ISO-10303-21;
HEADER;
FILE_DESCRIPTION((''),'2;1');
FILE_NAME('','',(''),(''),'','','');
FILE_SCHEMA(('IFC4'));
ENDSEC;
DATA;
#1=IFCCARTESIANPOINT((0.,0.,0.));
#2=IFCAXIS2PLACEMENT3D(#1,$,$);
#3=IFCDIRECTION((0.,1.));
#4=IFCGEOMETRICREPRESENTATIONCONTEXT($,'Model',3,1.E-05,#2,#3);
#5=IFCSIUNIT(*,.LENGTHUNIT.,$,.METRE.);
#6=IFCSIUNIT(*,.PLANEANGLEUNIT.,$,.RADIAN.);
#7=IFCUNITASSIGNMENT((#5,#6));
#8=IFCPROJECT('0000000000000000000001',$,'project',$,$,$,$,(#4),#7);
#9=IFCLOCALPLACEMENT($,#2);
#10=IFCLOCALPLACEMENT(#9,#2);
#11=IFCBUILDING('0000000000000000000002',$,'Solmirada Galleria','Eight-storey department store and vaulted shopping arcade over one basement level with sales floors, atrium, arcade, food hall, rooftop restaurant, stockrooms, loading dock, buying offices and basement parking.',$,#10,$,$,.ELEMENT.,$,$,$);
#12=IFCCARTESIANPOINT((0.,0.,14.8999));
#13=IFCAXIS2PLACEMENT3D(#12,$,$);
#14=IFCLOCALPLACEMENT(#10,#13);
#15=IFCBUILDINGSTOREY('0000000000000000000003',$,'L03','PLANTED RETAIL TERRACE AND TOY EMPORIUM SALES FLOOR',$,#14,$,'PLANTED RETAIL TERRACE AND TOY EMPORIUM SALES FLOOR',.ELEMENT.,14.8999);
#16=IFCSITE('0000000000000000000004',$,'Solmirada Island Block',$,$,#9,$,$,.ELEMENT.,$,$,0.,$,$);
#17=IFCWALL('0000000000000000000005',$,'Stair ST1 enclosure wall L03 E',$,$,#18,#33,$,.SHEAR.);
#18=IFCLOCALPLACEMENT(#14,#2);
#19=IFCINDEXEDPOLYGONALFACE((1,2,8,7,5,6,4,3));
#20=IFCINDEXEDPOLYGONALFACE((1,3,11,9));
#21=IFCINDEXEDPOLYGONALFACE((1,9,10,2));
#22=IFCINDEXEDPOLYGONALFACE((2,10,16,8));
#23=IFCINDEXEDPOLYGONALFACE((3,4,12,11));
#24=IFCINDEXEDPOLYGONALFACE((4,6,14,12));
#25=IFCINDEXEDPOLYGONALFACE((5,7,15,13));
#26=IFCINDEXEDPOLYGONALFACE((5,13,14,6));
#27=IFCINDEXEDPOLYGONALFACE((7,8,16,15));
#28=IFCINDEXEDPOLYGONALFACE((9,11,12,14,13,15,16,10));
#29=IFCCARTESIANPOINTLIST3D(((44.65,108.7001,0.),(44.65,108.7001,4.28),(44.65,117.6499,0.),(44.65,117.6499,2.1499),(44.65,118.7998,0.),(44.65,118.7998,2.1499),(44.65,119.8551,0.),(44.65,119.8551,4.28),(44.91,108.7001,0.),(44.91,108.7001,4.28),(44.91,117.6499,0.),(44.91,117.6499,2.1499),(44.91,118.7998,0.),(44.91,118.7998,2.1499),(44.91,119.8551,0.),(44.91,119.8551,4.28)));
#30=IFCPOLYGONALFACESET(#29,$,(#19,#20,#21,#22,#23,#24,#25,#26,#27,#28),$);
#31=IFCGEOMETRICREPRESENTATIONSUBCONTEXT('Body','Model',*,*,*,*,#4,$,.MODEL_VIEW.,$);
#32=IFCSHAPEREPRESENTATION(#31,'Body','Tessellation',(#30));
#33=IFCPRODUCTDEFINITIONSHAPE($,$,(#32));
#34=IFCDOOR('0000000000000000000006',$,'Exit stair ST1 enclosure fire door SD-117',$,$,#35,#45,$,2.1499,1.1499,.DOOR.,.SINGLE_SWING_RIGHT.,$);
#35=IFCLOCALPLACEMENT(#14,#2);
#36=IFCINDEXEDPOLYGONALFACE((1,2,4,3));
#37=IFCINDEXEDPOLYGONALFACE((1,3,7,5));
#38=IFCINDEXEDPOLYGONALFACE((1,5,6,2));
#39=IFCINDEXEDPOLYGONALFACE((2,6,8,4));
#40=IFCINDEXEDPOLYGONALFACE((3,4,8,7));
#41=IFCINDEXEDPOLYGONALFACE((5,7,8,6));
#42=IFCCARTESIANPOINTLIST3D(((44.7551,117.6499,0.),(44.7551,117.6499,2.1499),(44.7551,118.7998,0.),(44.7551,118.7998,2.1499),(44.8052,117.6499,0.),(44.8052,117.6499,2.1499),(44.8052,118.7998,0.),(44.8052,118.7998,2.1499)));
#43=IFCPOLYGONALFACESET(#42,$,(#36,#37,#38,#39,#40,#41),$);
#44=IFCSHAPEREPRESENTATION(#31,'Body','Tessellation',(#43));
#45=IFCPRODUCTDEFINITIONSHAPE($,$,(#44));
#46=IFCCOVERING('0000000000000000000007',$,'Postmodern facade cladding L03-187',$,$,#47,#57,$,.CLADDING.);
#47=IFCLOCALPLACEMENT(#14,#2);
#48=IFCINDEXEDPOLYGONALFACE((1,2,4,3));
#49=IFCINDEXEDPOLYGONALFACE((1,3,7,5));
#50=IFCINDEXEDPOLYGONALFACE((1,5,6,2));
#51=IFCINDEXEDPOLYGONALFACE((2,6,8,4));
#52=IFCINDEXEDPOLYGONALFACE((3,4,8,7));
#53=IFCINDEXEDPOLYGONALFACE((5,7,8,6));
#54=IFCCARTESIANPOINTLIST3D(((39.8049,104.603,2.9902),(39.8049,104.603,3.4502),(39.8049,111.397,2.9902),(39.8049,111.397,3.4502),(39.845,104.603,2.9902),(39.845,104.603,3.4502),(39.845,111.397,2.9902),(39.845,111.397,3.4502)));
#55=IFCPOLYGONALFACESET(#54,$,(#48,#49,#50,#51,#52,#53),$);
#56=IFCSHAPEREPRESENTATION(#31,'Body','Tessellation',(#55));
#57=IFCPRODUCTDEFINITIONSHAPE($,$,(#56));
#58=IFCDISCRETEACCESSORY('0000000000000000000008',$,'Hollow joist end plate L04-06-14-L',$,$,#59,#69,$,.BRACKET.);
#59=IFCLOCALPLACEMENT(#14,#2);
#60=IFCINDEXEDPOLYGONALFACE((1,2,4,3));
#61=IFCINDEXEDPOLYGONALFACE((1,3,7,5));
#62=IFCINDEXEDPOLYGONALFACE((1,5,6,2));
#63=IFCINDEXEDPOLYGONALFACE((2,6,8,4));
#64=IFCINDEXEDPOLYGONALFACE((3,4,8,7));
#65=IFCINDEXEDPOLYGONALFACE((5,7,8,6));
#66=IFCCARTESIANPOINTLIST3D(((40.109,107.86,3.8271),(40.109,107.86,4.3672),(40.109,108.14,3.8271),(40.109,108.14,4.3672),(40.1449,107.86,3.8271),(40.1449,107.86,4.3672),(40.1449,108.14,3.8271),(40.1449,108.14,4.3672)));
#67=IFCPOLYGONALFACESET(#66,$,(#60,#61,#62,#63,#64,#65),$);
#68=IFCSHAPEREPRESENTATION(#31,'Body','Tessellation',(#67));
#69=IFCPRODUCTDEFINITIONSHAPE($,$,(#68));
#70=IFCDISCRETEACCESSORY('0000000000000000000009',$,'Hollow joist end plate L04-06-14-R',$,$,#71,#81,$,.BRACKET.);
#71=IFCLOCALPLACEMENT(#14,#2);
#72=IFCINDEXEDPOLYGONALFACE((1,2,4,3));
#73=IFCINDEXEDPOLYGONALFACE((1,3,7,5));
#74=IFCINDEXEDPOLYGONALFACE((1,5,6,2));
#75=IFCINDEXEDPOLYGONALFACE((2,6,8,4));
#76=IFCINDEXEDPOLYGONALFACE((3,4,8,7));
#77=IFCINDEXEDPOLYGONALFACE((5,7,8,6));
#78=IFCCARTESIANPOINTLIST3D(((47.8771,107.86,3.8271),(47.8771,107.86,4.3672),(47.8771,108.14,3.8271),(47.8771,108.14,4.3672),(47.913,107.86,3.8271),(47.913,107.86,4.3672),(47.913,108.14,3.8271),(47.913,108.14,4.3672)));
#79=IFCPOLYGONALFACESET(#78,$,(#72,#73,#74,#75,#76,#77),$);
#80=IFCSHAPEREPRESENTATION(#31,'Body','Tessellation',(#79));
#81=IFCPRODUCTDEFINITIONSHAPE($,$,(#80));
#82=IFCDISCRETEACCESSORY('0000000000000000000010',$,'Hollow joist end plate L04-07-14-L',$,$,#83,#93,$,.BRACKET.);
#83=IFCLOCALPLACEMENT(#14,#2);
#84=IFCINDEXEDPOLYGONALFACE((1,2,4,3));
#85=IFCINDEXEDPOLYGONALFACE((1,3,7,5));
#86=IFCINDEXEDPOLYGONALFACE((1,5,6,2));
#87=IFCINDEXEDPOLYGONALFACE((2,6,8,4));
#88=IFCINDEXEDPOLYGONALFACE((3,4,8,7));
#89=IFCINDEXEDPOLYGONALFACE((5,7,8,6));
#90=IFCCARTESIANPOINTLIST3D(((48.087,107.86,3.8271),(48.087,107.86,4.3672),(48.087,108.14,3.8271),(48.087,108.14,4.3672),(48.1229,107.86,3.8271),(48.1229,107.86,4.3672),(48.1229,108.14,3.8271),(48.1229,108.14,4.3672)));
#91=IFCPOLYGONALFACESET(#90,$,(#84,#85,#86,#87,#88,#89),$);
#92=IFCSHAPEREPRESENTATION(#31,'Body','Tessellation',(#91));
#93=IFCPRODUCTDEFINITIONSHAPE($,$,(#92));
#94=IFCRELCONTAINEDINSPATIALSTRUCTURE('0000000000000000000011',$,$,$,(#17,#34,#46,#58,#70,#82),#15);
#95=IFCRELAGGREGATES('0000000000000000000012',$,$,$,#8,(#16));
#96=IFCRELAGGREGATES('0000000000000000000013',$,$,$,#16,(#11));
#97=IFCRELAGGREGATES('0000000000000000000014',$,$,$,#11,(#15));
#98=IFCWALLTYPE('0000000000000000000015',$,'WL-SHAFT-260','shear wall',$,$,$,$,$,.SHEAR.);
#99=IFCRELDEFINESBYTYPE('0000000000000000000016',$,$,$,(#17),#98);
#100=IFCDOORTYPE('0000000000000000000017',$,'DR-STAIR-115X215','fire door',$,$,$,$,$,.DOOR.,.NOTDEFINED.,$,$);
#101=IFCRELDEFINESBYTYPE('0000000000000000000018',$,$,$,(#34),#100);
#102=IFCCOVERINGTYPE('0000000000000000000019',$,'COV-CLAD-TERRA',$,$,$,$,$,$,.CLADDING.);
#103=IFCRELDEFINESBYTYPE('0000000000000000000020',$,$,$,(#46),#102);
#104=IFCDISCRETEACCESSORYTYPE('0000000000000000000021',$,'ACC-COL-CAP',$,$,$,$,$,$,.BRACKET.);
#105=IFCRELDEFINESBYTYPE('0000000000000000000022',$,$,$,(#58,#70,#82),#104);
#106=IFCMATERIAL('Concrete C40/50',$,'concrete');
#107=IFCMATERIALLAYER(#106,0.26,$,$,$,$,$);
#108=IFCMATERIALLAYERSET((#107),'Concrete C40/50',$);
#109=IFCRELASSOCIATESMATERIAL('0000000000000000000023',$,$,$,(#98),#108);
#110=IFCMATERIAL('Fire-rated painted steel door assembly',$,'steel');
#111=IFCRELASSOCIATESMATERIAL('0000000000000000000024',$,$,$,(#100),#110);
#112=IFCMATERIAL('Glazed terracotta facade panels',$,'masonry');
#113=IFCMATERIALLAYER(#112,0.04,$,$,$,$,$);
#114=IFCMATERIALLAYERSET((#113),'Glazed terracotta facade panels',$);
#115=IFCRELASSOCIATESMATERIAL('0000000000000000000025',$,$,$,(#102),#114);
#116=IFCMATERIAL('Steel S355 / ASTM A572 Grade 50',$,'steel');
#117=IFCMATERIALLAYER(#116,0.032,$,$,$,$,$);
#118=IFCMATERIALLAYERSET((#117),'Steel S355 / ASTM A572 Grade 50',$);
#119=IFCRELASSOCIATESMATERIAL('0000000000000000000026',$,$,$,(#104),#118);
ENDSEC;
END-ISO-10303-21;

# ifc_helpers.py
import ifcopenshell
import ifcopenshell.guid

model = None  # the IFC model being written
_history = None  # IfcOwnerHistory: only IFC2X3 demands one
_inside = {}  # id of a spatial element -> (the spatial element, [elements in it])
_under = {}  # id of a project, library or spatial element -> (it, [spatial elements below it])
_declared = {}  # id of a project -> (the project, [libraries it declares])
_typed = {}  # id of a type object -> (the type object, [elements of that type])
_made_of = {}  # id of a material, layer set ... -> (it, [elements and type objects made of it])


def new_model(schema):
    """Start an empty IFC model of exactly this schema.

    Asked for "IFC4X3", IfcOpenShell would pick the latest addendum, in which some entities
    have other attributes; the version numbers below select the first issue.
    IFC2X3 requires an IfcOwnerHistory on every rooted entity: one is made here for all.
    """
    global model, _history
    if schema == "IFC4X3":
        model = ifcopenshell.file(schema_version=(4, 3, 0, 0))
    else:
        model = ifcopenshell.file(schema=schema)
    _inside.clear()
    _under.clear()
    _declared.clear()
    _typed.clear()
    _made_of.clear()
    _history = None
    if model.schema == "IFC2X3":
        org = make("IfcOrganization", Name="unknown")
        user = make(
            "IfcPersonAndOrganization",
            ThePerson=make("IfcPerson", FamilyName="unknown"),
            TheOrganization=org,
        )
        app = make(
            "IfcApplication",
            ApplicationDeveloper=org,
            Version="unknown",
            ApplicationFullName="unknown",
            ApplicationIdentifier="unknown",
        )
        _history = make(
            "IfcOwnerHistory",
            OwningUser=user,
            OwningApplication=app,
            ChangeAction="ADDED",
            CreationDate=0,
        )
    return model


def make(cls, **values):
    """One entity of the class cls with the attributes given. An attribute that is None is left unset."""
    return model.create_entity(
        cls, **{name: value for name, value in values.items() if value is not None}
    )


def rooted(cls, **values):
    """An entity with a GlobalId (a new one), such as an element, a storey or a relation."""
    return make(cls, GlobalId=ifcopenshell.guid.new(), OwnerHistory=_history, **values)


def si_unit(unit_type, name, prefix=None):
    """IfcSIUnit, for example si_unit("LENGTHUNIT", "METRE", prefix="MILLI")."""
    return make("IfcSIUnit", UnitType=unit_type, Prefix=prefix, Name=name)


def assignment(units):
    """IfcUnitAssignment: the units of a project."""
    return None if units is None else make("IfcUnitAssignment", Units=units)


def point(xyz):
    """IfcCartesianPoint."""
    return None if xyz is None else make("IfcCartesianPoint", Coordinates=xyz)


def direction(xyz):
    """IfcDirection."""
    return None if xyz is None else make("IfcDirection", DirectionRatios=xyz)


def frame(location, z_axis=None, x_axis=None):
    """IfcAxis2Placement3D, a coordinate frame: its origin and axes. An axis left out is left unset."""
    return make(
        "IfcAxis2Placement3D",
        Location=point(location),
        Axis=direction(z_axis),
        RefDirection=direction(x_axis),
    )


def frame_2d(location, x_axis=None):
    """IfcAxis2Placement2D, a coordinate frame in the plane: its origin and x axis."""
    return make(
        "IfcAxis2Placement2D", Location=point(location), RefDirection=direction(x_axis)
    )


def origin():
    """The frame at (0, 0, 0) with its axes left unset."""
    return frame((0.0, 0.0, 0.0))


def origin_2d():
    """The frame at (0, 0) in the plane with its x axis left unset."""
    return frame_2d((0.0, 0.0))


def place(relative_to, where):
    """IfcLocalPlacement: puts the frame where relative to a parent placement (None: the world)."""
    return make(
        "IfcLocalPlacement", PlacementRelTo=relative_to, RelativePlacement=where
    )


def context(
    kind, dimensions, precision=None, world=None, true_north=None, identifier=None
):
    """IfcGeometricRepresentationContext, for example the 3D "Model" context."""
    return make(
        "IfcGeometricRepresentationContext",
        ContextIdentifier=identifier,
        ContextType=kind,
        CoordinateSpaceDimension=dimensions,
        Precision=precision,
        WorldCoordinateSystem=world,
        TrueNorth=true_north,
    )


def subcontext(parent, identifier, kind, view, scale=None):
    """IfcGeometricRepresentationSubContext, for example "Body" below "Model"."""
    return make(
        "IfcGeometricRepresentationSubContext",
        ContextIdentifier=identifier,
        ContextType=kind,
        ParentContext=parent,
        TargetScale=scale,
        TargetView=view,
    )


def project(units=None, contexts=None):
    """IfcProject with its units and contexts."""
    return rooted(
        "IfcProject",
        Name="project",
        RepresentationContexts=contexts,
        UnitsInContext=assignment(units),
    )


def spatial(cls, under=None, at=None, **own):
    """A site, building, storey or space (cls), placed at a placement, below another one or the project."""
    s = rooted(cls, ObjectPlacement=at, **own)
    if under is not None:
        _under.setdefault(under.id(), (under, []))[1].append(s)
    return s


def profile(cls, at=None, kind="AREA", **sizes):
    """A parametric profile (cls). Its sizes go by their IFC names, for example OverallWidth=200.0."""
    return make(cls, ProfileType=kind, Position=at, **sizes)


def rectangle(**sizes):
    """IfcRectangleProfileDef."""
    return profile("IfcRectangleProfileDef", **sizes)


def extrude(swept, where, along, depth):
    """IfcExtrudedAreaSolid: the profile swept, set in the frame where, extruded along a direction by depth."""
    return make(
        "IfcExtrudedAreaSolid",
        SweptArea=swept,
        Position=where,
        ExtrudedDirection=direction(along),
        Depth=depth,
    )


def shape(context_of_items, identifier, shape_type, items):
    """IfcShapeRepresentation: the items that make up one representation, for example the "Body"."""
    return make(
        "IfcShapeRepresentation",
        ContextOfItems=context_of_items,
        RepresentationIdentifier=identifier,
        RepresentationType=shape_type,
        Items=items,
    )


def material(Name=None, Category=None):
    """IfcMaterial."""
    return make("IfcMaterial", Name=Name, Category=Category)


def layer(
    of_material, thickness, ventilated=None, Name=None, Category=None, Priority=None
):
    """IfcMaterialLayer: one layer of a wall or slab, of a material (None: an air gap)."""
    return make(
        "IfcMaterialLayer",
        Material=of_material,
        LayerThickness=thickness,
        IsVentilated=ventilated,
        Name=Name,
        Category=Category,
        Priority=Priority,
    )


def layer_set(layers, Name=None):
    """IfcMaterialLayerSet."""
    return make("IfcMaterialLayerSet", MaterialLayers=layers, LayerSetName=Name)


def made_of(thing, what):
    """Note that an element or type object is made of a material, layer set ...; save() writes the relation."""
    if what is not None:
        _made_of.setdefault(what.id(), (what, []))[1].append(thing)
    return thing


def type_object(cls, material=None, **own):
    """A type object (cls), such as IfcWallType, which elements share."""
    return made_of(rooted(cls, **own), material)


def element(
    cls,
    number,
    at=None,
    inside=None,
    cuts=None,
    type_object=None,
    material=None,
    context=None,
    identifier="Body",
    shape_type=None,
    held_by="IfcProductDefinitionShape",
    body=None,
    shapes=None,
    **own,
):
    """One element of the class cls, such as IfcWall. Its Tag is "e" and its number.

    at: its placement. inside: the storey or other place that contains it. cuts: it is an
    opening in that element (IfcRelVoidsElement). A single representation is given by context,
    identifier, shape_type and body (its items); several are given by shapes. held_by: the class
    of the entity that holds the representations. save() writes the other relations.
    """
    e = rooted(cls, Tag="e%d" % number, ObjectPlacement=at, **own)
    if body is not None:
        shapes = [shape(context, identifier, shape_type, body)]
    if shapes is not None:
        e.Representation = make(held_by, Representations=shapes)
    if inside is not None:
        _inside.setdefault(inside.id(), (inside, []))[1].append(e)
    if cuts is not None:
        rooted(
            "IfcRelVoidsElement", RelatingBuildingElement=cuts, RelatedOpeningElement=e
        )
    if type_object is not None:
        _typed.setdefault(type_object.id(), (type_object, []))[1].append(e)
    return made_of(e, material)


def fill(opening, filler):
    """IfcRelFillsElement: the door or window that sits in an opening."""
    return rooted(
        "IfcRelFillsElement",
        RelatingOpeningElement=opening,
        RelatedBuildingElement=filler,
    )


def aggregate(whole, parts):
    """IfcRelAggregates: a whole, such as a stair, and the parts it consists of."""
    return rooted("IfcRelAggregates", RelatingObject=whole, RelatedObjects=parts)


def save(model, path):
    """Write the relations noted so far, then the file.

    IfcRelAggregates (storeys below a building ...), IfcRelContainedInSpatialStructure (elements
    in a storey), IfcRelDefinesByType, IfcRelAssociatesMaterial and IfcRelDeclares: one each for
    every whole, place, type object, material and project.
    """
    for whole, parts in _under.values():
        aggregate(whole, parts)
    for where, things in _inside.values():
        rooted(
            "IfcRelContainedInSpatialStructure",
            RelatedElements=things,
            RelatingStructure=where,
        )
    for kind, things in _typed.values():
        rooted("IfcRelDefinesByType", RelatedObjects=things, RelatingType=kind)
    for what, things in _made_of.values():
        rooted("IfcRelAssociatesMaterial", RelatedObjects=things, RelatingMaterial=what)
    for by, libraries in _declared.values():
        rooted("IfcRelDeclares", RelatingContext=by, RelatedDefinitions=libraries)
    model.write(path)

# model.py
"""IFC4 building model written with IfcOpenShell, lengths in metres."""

from ifc_helpers import new_model, si_unit, direction, frame, frame_2d, origin, origin_2d, place, context, subcontext, project, spatial, rectangle, extrude, material, layer, layer_set, type_object, element, fill, save


model = new_model("IFC4")

# Units and contexts
model_context = context("Model", 3, precision=1e-05, world=origin(), true_north=direction((0.0, 1.0)))
body_context = subcontext(model_context, "Body", "Model", "MODEL_VIEW")
ifc_project = project(units=[si_unit("LENGTHUNIT", "METRE"), si_unit("PLANEANGLEUNIT", "RADIAN")], contexts=[model_context])

# Site, building, storey
site_placement = place(None, origin())
site = spatial("IfcSite", under=ifc_project, at=site_placement, Name="Solmirada Island Block", CompositionType="ELEMENT", RefElevation=0.0)
building_placement = place(site_placement, origin())
building = spatial("IfcBuilding", under=site, at=building_placement, Name="Solmirada Galleria", Description="Eight-storey department store and vaulted shopping arcade over one basement level with sales floors, atrium, arcade, food hall, rooftop restaurant, stockrooms, loading dock, buying offices and basement parking.", CompositionType="ELEMENT")
storey_placement = place(building_placement, frame((0.0, 0.0, 14.8999)))
storey = spatial("IfcBuildingStorey", under=building, at=storey_placement, Name="L03", Description="PLANTED RETAIL TERRACE AND TOY EMPORIUM SALES FLOOR", LongName="PLANTED RETAIL TERRACE AND TOY EMPORIUM SALES FLOOR", CompositionType="ELEMENT", Elevation=14.8999)

# Shared definitions
ifc_material_1 = material(Name="Concrete C40/50", Category="concrete")

# Shared definitions
ifc_material_2 = material(Name="Fire-rated painted steel door assembly", Category="steel")

# Shared definitions
ifc_layer_1 = layer(ifc_material_1, 0.26)
ifc_layer_set_1 = layer_set([ifc_layer_1], Name="Concrete C40/50")
wall_type_1 = type_object("IfcWallType", Name="WL-SHAFT-260", Description="shear wall", PredefinedType="SHEAR", material=ifc_layer_set_1)

# Wall, opening, door
wall_1_placement = place(storey_placement, frame((44.78, 108.7, 0.0), z_axis=(0.0, 0.0, 1.0), x_axis=(0.0, 1.0, 0.0)))
wall_1 = element("IfcWall", 1, at=wall_1_placement, inside=storey, type_object=wall_type_1, Name="Stair ST1 enclosure wall L03 E", PredefinedType="SHEAR", context=body_context, shape_type="SweptSolid", body=[
    extrude(rectangle(XDim=11.155, YDim=0.26, at=frame_2d((5.5776, 0.0))), origin(), (0.0, 0.0, 1.0), 4.28),
])
opening_1_placement = place(wall_1_placement, frame((8.95, 0.0, 0.0)))
opening_1 = element("IfcOpeningElement", 2, at=opening_1_placement, cuts=wall_1, PredefinedType="OPENING", context=body_context, shape_type="SweptSolid", body=[
    extrude(rectangle(XDim=1.1499, YDim=2.1499, at=frame_2d((0.575, 1.075))), frame((0.0, 0.1399, 0.0), z_axis=(0.0, -1.0, 0.0), x_axis=(1.0, 0.0, 0.0)), (0.0, 0.0, 1.0), 0.28),
])
door_type_1 = type_object("IfcDoorType", Name="DR-STAIR-115X215", Description="fire door", OperationType="NOTDEFINED", PredefinedType="DOOR", material=ifc_material_2)
door_1_placement = place(opening_1_placement, origin())
door_1 = element("IfcDoor", 3, at=door_1_placement, inside=storey, type_object=door_type_1, Name="Exit stair ST1 enclosure fire door SD-117", OperationType="SINGLE_SWING_RIGHT", OverallHeight=2.1499, OverallWidth=1.1499, PredefinedType="DOOR", context=body_context, shape_type="SweptSolid", body=[
    extrude(rectangle(XDim=1.1499, YDim=2.1499, at=frame_2d((0.575, 1.075))), frame((0.0, 0.0249, 0.0), z_axis=(0.0, -1.0, 0.0), x_axis=(1.0, 0.0, 0.0)), (0.0, 0.0, 1.0), 0.05),
])
fill(opening_1, door_1)

# Covering
ifc_material_3 = material(Name="Glazed terracotta facade panels", Category="masonry")
ifc_layer_2 = layer(ifc_material_3, 0.04)
ifc_layer_set_2 = layer_set([ifc_layer_2], Name="Glazed terracotta facade panels")
covering_type = type_object("IfcCoveringType", Name="COV-CLAD-TERRA", PredefinedType="CLADDING", material=ifc_layer_set_2)
covering_placement = place(storey_placement, frame((39.825, 108.0, 2.9902), z_axis=(0.0, 0.0, 1.0), x_axis=(0.0, 1.0, 0.0)))
element("IfcCovering", 4, at=covering_placement, inside=storey, type_object=covering_type, Name="Postmodern facade cladding L03-187", PredefinedType="CLADDING", context=body_context, shape_type="SweptSolid", body=[
    extrude(rectangle(XDim=6.7939, YDim=0.04, at=origin_2d()), origin(), (0.0, 0.0, 1.0), 0.46),
])

# Discrete accessories
ifc_material_4 = material(Name="Steel S355 / ASTM A572 Grade 50", Category="steel")
ifc_layer_3 = layer(ifc_material_4, 0.032)
ifc_layer_set_3 = layer_set([ifc_layer_3], Name="Steel S355 / ASTM A572 Grade 50")
discrete_accessory_type = type_object("IfcDiscreteAccessoryType", Name="ACC-COL-CAP", PredefinedType="BRACKET", material=ifc_layer_set_3)
for number, where, z_axis, x_axis, name in (
    (5, (40.127, 108.0, 3.8271), (0.0, 0.0, 1.0), (1.0, 0.0, 0.0), "Hollow joist end plate L04-06-14-L"),
    (6, (47.895, 108.0, 3.8271), (0.0, 0.0, 1.0), (1.0, 0.0, 0.0), "Hollow joist end plate L04-06-14-R"),
    (7, (48.105, 108.0, 3.8271), (0.0, 0.0, 1.0), (1.0, 0.0, 0.0), "Hollow joist end plate L04-07-14-L"),
):
    element("IfcDiscreteAccessory", number, at=place(storey_placement, frame(where, z_axis=z_axis, x_axis=x_axis)), inside=storey, type_object=discrete_accessory_type, Name=name, PredefinedType="BRACKET", context=body_context, shape_type="SweptSolid", body=[
        extrude(rectangle(XDim=0.0359, YDim=0.28, at=origin_2d()), origin(), (0.0, 0.0, 1.0), 0.54),
    ])

save(model, "model.ifc")
